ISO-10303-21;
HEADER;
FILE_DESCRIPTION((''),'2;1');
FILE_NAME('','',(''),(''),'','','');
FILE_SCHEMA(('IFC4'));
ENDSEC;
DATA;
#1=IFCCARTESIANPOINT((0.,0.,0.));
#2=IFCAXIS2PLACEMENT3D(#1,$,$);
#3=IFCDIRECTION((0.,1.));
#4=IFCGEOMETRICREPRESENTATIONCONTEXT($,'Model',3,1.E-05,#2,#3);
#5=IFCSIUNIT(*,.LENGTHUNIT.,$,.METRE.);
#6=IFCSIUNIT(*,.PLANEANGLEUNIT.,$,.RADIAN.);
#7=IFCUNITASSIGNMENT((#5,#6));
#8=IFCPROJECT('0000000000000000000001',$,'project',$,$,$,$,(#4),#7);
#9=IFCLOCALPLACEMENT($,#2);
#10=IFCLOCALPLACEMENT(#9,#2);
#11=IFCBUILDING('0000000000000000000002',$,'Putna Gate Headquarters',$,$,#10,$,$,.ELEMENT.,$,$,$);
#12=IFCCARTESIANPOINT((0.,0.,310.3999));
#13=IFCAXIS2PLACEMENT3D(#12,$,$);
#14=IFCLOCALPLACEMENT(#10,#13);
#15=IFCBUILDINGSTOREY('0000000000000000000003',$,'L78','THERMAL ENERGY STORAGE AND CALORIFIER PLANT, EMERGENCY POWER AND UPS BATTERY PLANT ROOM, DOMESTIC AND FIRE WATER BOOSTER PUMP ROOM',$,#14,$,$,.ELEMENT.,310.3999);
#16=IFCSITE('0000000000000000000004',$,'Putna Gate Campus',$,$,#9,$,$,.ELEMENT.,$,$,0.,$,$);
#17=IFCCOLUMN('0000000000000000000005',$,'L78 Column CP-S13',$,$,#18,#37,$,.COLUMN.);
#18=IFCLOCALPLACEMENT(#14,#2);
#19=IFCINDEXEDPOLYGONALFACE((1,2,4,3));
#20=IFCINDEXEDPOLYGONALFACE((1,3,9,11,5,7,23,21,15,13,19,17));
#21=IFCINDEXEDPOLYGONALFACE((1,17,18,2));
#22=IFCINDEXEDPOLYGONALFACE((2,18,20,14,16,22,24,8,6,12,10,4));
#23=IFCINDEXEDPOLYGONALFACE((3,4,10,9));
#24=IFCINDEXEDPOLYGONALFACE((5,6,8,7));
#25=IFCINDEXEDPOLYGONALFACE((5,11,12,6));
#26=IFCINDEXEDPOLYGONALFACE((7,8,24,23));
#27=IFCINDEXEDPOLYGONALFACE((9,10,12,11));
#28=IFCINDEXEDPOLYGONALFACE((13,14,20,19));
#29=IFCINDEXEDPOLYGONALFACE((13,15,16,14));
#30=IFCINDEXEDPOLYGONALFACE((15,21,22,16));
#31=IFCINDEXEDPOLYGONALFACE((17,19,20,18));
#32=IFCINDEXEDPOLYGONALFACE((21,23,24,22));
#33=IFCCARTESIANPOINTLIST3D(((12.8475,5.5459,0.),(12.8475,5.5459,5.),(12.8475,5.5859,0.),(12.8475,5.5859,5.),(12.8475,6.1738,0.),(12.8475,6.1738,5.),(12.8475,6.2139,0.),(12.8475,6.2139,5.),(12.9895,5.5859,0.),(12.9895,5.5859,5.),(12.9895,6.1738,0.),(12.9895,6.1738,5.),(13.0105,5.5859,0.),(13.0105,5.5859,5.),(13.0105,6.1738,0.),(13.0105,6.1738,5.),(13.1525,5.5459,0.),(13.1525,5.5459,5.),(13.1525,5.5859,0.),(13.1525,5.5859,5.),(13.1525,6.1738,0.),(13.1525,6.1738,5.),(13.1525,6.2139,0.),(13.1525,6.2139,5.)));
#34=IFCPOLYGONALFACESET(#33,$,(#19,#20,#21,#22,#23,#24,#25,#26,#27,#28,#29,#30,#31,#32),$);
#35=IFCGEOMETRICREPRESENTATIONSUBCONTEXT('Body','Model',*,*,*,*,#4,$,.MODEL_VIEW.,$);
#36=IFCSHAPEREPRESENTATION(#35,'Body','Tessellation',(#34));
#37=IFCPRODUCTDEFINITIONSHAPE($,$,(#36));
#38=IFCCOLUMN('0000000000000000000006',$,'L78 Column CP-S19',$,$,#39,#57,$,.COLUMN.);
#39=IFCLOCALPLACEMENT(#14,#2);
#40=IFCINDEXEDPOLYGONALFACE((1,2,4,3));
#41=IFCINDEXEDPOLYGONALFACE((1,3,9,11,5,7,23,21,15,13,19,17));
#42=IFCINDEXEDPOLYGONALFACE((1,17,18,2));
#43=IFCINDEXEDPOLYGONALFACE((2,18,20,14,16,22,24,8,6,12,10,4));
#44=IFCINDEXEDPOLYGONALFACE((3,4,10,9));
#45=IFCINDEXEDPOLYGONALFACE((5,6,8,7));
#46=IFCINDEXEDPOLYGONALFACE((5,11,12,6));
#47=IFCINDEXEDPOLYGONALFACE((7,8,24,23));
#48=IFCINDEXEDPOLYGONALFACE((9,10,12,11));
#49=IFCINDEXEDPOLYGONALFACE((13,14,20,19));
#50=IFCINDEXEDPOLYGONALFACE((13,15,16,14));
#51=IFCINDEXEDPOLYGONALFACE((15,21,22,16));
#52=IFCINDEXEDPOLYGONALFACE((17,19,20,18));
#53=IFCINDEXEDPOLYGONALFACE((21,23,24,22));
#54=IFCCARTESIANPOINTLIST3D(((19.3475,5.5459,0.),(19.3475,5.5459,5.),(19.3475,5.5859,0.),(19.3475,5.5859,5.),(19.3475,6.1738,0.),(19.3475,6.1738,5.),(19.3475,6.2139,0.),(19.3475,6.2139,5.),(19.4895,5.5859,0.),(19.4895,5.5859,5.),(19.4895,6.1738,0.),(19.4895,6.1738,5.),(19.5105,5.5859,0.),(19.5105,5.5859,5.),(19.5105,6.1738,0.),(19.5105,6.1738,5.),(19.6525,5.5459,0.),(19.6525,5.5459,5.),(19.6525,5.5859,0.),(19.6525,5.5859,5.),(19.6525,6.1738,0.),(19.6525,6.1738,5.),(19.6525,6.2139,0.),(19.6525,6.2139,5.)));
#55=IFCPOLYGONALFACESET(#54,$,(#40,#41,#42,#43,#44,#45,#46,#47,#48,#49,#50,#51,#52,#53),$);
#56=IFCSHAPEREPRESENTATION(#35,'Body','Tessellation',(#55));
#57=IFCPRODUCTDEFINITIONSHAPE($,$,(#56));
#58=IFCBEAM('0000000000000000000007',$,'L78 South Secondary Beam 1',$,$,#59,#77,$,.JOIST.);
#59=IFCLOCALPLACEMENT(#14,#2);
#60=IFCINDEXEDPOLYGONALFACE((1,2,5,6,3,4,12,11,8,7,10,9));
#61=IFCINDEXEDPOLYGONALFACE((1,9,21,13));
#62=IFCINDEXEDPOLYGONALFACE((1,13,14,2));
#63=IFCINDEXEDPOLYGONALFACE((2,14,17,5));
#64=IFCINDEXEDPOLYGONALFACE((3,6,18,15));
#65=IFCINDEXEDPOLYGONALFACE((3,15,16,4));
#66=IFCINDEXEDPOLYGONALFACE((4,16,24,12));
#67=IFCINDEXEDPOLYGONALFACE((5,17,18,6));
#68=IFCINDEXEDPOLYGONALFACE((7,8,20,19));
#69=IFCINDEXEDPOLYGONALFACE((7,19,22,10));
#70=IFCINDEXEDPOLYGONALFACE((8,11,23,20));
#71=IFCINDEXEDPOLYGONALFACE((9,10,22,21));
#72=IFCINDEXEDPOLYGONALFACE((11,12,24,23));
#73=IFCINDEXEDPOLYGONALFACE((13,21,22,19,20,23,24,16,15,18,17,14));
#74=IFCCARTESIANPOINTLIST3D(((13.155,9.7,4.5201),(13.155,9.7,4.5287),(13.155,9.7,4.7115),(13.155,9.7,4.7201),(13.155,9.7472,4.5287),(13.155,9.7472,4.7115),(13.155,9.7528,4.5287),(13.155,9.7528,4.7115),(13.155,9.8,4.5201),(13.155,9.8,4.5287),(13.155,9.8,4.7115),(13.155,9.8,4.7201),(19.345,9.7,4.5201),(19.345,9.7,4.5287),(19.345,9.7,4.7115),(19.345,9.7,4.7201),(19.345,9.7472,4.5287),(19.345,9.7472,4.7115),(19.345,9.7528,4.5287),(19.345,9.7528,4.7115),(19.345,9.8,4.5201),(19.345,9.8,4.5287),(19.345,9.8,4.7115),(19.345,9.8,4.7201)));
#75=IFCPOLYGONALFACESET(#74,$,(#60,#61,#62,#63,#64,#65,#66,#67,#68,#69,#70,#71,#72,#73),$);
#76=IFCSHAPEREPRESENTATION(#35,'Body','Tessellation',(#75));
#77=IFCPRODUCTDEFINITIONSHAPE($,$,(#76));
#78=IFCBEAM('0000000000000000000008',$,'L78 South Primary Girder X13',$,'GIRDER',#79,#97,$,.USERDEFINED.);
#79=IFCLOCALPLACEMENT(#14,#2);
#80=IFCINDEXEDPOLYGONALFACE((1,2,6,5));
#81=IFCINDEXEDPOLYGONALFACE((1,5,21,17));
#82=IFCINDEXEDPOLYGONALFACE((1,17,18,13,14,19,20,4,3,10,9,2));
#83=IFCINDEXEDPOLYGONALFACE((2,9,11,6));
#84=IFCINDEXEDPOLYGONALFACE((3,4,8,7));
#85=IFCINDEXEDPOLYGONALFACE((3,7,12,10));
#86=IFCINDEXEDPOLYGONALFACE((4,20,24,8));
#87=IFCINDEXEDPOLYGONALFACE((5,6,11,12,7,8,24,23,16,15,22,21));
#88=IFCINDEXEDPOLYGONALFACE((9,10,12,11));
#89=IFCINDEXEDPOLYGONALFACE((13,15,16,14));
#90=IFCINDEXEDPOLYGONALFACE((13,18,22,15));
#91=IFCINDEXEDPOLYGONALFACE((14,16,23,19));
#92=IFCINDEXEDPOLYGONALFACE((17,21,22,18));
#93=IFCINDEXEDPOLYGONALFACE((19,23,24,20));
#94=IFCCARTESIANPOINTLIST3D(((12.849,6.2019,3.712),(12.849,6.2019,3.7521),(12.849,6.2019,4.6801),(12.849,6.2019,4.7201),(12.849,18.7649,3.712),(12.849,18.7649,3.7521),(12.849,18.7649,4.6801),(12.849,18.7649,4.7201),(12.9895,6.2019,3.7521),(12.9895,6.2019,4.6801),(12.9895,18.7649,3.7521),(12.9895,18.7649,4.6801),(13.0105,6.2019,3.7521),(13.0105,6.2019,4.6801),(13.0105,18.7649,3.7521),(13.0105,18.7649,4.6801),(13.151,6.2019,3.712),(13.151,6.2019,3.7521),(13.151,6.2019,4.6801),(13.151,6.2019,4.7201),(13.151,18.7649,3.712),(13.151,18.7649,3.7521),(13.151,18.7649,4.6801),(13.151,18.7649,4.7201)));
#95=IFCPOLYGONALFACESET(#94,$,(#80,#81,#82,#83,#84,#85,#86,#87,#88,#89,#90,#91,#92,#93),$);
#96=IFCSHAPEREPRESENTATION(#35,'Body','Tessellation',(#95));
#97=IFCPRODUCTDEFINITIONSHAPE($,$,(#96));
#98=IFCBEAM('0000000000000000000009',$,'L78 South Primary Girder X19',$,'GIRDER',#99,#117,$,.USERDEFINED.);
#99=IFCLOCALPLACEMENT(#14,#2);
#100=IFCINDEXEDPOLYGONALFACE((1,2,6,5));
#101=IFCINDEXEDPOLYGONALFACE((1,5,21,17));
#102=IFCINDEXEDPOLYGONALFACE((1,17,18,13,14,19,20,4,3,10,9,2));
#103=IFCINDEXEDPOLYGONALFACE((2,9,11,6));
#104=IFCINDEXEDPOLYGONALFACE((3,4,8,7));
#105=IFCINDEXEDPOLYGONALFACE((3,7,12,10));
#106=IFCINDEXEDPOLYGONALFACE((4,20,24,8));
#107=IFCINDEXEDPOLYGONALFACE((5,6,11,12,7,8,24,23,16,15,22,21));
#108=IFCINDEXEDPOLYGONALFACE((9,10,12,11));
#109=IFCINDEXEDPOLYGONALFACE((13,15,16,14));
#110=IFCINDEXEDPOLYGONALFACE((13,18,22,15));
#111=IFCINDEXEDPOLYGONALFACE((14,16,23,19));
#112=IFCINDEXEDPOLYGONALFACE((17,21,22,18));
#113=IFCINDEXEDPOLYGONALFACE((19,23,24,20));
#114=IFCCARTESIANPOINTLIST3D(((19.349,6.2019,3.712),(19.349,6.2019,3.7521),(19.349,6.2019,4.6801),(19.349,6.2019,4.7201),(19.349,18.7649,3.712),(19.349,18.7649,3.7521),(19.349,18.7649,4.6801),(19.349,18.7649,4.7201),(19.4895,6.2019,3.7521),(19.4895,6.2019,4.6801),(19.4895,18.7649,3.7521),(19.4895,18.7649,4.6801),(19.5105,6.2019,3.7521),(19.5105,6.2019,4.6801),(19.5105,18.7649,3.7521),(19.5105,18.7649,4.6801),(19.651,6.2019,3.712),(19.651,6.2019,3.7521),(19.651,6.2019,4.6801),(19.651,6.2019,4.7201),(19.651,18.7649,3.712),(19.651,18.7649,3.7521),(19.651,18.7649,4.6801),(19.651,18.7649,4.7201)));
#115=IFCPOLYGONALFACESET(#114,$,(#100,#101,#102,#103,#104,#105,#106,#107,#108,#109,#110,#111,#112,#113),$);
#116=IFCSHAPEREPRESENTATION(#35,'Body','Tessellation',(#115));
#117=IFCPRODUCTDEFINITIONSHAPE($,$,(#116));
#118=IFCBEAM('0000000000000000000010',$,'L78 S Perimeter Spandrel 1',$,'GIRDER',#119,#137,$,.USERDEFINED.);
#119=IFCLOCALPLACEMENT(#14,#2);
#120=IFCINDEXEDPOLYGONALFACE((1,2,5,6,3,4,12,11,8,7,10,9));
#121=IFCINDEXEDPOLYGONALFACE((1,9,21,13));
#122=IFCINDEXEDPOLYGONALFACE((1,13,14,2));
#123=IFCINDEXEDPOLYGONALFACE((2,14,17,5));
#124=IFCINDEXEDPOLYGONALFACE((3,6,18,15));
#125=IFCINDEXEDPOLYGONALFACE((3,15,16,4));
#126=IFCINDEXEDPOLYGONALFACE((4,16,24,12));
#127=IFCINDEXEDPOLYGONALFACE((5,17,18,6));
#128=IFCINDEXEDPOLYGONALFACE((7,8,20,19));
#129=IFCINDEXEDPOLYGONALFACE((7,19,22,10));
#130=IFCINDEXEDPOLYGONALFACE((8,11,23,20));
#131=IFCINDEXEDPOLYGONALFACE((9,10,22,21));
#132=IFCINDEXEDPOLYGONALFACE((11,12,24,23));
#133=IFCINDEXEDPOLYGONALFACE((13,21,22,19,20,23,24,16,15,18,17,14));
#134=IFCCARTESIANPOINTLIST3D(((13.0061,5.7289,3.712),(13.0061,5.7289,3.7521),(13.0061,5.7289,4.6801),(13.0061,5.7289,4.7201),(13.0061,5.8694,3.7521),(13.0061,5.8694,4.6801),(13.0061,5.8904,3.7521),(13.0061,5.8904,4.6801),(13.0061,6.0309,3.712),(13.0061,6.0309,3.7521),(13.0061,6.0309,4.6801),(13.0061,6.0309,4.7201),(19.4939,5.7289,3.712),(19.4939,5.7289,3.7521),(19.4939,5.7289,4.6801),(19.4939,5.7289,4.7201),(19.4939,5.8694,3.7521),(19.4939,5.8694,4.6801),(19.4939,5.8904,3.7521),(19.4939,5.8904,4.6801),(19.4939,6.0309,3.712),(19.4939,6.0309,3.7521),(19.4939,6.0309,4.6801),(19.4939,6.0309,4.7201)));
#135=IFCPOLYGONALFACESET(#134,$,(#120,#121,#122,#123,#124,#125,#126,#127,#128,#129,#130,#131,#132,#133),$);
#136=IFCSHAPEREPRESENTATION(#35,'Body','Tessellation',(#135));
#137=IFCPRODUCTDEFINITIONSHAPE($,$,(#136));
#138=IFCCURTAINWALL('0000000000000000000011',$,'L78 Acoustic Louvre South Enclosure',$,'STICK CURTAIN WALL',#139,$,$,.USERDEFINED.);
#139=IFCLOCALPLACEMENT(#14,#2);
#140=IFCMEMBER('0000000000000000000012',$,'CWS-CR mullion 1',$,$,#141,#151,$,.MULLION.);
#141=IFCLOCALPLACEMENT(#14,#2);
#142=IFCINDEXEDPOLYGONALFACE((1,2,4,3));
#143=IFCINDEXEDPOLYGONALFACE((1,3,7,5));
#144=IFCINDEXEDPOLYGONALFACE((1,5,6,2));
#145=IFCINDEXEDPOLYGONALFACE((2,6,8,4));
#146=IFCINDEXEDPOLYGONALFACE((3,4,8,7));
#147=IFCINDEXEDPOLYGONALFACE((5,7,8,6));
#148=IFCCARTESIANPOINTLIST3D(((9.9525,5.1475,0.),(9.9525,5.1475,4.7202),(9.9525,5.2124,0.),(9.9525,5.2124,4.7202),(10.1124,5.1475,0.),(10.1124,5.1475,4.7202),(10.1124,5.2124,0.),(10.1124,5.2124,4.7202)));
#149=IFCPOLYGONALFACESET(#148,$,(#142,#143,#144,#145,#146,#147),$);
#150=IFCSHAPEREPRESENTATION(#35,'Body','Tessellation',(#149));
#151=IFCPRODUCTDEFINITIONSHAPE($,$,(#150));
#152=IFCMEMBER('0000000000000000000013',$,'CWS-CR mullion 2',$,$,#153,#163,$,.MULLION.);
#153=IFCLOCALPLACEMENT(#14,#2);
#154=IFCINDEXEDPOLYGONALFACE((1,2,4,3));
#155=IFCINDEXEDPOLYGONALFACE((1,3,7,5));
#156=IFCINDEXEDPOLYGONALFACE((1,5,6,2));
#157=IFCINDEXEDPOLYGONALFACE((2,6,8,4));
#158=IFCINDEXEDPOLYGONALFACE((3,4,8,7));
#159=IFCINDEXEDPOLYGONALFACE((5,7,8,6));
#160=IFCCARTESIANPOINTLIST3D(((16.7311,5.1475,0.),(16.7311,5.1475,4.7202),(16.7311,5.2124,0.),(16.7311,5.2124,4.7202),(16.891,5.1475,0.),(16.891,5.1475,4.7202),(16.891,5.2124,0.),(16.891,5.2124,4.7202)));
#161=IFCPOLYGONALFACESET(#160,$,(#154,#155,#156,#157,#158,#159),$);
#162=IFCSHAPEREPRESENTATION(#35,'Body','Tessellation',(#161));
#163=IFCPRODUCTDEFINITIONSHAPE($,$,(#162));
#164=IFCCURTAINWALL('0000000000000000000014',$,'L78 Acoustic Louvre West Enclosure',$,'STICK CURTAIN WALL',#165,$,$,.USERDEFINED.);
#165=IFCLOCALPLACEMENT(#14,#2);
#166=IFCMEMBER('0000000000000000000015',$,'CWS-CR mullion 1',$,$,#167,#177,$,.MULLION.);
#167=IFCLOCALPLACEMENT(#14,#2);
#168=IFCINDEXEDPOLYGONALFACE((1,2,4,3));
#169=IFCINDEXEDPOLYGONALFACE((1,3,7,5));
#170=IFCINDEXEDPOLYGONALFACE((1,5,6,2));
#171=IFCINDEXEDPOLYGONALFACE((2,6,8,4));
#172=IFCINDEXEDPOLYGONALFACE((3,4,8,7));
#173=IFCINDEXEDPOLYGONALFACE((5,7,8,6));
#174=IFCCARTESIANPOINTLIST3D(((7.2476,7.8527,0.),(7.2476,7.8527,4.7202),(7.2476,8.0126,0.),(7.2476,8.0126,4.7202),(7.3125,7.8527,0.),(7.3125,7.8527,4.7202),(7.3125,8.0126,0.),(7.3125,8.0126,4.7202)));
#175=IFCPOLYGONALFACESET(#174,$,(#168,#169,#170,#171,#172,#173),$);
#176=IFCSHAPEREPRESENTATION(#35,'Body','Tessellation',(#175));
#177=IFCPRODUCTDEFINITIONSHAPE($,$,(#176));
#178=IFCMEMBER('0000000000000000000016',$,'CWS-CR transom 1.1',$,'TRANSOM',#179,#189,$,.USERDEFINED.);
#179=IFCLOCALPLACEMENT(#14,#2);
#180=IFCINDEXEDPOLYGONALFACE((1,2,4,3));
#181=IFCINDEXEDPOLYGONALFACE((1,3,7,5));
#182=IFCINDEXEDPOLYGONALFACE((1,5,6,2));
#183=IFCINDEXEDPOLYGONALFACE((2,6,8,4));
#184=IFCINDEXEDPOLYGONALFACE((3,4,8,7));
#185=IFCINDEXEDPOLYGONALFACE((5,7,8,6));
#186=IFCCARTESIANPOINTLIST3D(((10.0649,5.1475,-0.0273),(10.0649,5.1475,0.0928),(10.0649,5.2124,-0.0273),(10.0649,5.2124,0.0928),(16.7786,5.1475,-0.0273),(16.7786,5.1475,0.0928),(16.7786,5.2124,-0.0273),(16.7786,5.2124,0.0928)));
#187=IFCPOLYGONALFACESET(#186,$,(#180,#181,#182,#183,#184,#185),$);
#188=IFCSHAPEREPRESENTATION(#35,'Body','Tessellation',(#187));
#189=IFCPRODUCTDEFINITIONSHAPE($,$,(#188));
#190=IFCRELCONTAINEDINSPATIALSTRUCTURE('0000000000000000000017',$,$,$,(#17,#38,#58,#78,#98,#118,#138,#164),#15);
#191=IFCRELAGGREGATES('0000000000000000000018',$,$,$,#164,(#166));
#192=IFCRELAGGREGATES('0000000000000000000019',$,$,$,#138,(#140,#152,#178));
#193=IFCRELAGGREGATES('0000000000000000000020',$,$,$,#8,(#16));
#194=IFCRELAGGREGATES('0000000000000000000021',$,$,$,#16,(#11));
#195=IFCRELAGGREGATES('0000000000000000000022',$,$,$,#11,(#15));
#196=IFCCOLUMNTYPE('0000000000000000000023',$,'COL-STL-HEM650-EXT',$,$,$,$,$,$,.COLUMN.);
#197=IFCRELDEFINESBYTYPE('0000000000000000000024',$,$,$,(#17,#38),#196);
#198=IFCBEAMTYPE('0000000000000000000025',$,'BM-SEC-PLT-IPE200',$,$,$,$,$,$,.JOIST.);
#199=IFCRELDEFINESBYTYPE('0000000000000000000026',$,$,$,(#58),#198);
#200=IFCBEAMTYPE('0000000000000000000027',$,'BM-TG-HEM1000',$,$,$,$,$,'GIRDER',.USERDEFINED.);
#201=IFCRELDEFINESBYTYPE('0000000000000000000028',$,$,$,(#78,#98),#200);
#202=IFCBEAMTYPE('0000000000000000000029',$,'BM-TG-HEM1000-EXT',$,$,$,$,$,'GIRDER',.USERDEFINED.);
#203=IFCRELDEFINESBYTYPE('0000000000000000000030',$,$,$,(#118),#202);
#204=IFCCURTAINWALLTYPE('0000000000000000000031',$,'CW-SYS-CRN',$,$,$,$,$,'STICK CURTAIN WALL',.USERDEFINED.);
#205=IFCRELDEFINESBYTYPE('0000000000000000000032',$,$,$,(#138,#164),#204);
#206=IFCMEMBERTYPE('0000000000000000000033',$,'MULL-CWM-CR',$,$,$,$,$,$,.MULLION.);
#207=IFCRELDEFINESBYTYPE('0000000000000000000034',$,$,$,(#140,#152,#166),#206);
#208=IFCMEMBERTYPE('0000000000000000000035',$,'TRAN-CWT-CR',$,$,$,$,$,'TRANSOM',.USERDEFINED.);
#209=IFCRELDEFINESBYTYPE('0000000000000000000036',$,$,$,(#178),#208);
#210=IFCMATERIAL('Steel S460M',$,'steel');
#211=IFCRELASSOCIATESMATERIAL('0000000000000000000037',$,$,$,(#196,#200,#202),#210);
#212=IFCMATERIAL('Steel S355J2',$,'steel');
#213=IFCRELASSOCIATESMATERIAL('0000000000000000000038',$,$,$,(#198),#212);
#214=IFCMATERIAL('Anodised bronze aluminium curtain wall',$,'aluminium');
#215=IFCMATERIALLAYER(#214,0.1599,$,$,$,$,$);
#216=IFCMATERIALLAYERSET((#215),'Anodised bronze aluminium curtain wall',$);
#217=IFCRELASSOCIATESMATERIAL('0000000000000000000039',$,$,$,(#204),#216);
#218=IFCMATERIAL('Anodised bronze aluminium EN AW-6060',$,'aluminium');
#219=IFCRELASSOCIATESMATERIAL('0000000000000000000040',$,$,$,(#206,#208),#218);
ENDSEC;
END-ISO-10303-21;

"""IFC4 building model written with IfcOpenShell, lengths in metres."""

from ifc_helpers import new_model, si_unit, direction, frame, origin, origin_2d, place, context, subcontext, project, spatial, rectangle, i_section, extrude, material, layer, layer_set, material_profile, profile_set, type_object, element, aggregate, save


model = new_model("IFC4")

# Units and contexts
model_context = context("Model", 3, precision=1e-05, world=origin(), true_north=direction((0.0, 1.0)))
body_context = subcontext(model_context, "Body", "Model", "MODEL_VIEW")
ifc_project = project(units=[si_unit("LENGTHUNIT", "METRE"), si_unit("PLANEANGLEUNIT", "RADIAN")], contexts=[model_context])

# Site, building, storey
site_placement = place(None, origin())
site = spatial("IfcSite", under=ifc_project, at=site_placement, Name="Putna Gate Campus", CompositionType="ELEMENT", RefElevation=0.0)
building_placement = place(site_placement, origin())
building = spatial("IfcBuilding", under=site, at=building_placement, Name="Putna Gate Headquarters", CompositionType="ELEMENT")
storey_placement = place(building_placement, frame((0.0, 0.0, 310.3999)))
storey = spatial("IfcBuildingStorey", under=building, at=storey_placement, Name="L78", Description="THERMAL ENERGY STORAGE AND CALORIFIER PLANT, EMERGENCY POWER AND UPS BATTERY PLANT ROOM, DOMESTIC AND FIRE WATER BOOSTER PUMP ROOM", CompositionType="ELEMENT", Elevation=310.3999)

# Columns
ifc_material_1 = material(Name="Steel S460M", Category="steel")
ifc_material_profile_1 = material_profile(ifc_material_1, i_section(OverallWidth=0.3049, OverallDepth=0.668, WebThickness=0.021, FlangeThickness=0.04, at=origin_2d()), Name="Steel S460M")
ifc_profile_set_1 = profile_set([ifc_material_profile_1], Name="Steel S460M")
column_type = type_object("IfcColumnType", Name="COL-STL-HEM650-EXT", PredefinedType="COLUMN", material=ifc_profile_set_1)
for number, where, z_axis, x_axis, name in (
    (1, (13.0, 5.8799, 0.0), (0.0, 0.0, 1.0), (1.0, 0.0, 0.0), "L78 Column CP-S13"),
    (2, (19.5, 5.8799, 0.0), (0.0, 0.0, 1.0), (1.0, 0.0, 0.0), "L78 Column CP-S19"),
):
    element("IfcColumn", number, at=place(storey_placement, frame(where, z_axis=z_axis, x_axis=x_axis)), inside=storey, type_object=column_type, Name=name, PredefinedType="COLUMN", context=body_context, shape_type="SweptSolid", body=[
        extrude(i_section(OverallWidth=0.3049, OverallDepth=0.668, WebThickness=0.021, FlangeThickness=0.04, at=origin_2d()), origin(), (0.0, 0.0, 1.0), 5.0),
    ])

# Beams
ifc_material_2 = material(Name="Steel S355J2", Category="steel")
ifc_material_profile_2 = material_profile(ifc_material_2, i_section(OverallWidth=0.1001, OverallDepth=0.2, WebThickness=0.0056, FlangeThickness=0.0085, at=origin_2d()), Name="Steel S355J2")
ifc_profile_set_2 = profile_set([ifc_material_profile_2], Name="Steel S355J2")
beam_type_1 = type_object("IfcBeamType", Name="BM-SEC-PLT-IPE200", PredefinedType="JOIST", material=ifc_profile_set_2)
beam_1_placement = place(storey_placement, frame((13.155, 9.75, 4.6201), z_axis=(1.0, 0.0, 0.0), x_axis=(0.0, 1.0, 0.0)))
element("IfcBeam", 3, at=beam_1_placement, inside=storey, type_object=beam_type_1, Name="L78 South Secondary Beam 1", PredefinedType="JOIST", context=body_context, shape_type="SweptSolid", body=[
    extrude(i_section(OverallWidth=0.1001, OverallDepth=0.2, WebThickness=0.0056, FlangeThickness=0.0085, at=origin_2d()), origin(), (0.0, 0.0, 1.0), 6.1899),
])
ifc_material_profile_3 = material_profile(ifc_material_1, i_section(OverallWidth=0.302, OverallDepth=1.0081, WebThickness=0.021, FlangeThickness=0.04, at=origin_2d()), Name="Steel S460M")
ifc_profile_set_3 = profile_set([ifc_material_profile_3], Name="Steel S460M")
beam_type_2 = type_object("IfcBeamType", Name="BM-TG-HEM1000", ElementType="GIRDER", PredefinedType="USERDEFINED", material=ifc_profile_set_3)
for number, where, z_axis, x_axis, name in (
    (4, (13.0, 6.2019, 4.2161), (0.0, 1.0, 0.0), (-1.0, 0.0, 0.0), "L78 South Primary Girder X13"),
    (5, (19.5, 6.2019, 4.2161), (0.0, 1.0, 0.0), (-1.0, 0.0, 0.0), "L78 South Primary Girder X19"),
):
    element("IfcBeam", number, at=place(storey_placement, frame(where, z_axis=z_axis, x_axis=x_axis)), inside=storey, type_object=beam_type_2, Name=name, ObjectType="GIRDER", PredefinedType="USERDEFINED", context=body_context, shape_type="SweptSolid", body=[
        extrude(i_section(OverallWidth=0.302, OverallDepth=1.0081, WebThickness=0.021, FlangeThickness=0.04, at=origin_2d()), origin(), (0.0, 0.0, 1.0), 12.563),
    ])
ifc_material_profile_4 = material_profile(ifc_material_1, i_section(OverallWidth=0.302, OverallDepth=1.0081, WebThickness=0.021, FlangeThickness=0.04, at=origin_2d()), Name="Steel S460M")
ifc_profile_set_4 = profile_set([ifc_material_profile_4], Name="Steel S460M")
beam_type_3 = type_object("IfcBeamType", Name="BM-TG-HEM1000-EXT", ElementType="GIRDER", PredefinedType="USERDEFINED", material=ifc_profile_set_4)
beam_2_placement = place(storey_placement, frame((13.0061, 5.8799, 4.2161), z_axis=(1.0, 0.0, 0.0), x_axis=(0.0, 1.0, 0.0)))
element("IfcBeam", 6, at=beam_2_placement, inside=storey, type_object=beam_type_3, Name="L78 S Perimeter Spandrel 1", ObjectType="GIRDER", PredefinedType="USERDEFINED", context=body_context, shape_type="SweptSolid", body=[
    extrude(i_section(OverallWidth=0.302, OverallDepth=1.0081, WebThickness=0.021, FlangeThickness=0.04, at=origin_2d()), origin(), (0.0, 0.0, 1.0), 6.4878),
])

# Curtain wall, members
ifc_material_3 = material(Name="Anodised bronze aluminium curtain wall", Category="aluminium")
ifc_layer_1 = layer(ifc_material_3, 0.1599)
ifc_layer_set_1 = layer_set([ifc_layer_1], Name="Anodised bronze aluminium curtain wall")
curtain_wall_type = type_object("IfcCurtainWallType", Name="CW-SYS-CRN", ElementType="STICK CURTAIN WALL", PredefinedType="USERDEFINED", material=ifc_layer_set_1)
curtain_wall_1_placement = place(storey_placement, origin())
curtain_wall_1 = element("IfcCurtainWall", 7, at=curtain_wall_1_placement, inside=storey, type_object=curtain_wall_type, Name="L78 Acoustic Louvre South Enclosure", ObjectType="STICK CURTAIN WALL", PredefinedType="USERDEFINED")
ifc_material_4 = material(Name="Anodised bronze aluminium EN AW-6060", Category="aluminium")
ifc_material_profile_5 = material_profile(ifc_material_4, rectangle(XDim=0.0649, YDim=0.1599, at=origin_2d()), Name="Anodised bronze aluminium EN AW-6060")
ifc_profile_set_5 = profile_set([ifc_material_profile_5], Name="Anodised bronze aluminium EN AW-6060")
member_type_1 = type_object("IfcMemberType", Name="MULL-CWM-CR", PredefinedType="MULLION", material=ifc_profile_set_5)
member_1_placement = place(storey_placement, frame((10.0325, 5.1799, 0.0), z_axis=(0.0, 0.0, 1.0), x_axis=(0.0, 1.0, 0.0)))
member_1 = element("IfcMember", 8, at=member_1_placement, type_object=member_type_1, Name="CWS-CR mullion 1", PredefinedType="MULLION", context=body_context, shape_type="SweptSolid", body=[
    extrude(rectangle(XDim=0.0649, YDim=0.1599, at=origin_2d()), origin(), (0.0, 0.0, 1.0), 4.7202),
])
member_2_placement = place(storey_placement, frame((16.811, 5.1799, 0.0), z_axis=(0.0, 0.0, 1.0), x_axis=(0.0, 1.0, 0.0)))
member_2 = element("IfcMember", 9, at=member_2_placement, type_object=member_type_1, Name="CWS-CR mullion 2", PredefinedType="MULLION", context=body_context, shape_type="SweptSolid", body=[
    extrude(rectangle(XDim=0.0649, YDim=0.1599, at=origin_2d()), origin(), (0.0, 0.0, 1.0), 4.7202),
])

# Curtain wall, member
curtain_wall_2_placement = place(storey_placement, origin())
curtain_wall_2 = element("IfcCurtainWall", 10, at=curtain_wall_2_placement, inside=storey, type_object=curtain_wall_type, Name="L78 Acoustic Louvre West Enclosure", ObjectType="STICK CURTAIN WALL", PredefinedType="USERDEFINED")
member_3_placement = place(storey_placement, frame((7.28, 7.9326, 0.0), z_axis=(0.0, 0.0, 1.0), x_axis=(-1.0, 0.0, 0.0)))
member_3 = element("IfcMember", 11, at=member_3_placement, type_object=member_type_1, Name="CWS-CR mullion 1", PredefinedType="MULLION", context=body_context, shape_type="SweptSolid", body=[
    extrude(rectangle(XDim=0.0649, YDim=0.1599, at=origin_2d()), origin(), (0.0, 0.0, 1.0), 4.7202),
])

# Member
ifc_material_profile_6 = material_profile(ifc_material_4, rectangle(XDim=0.0649, YDim=0.1201, at=origin_2d()), Name="Anodised bronze aluminium EN AW-6060")
ifc_profile_set_6 = profile_set([ifc_material_profile_6], Name="Anodised bronze aluminium EN AW-6060")
member_type_2 = type_object("IfcMemberType", Name="TRAN-CWT-CR", ElementType="TRANSOM", PredefinedType="USERDEFINED", material=ifc_profile_set_6)
member_4_placement = place(storey_placement, frame((10.0649, 5.1799, 0.0327), z_axis=(1.0, 0.0, 0.0), x_axis=(0.0, 1.0, 0.0)))
member_4 = element("IfcMember", 12, at=member_4_placement, type_object=member_type_2, Name="CWS-CR transom 1.1", ObjectType="TRANSOM", PredefinedType="USERDEFINED", context=body_context, shape_type="SweptSolid", body=[
    extrude(rectangle(XDim=0.0649, YDim=0.1201, at=origin_2d()), origin(), (0.0, 0.0, 1.0), 6.7136),
])
aggregate(curtain_wall_2, [member_3])

aggregate(curtain_wall_1, [member_1, member_2, member_4])

save(model, "model.ifc")
